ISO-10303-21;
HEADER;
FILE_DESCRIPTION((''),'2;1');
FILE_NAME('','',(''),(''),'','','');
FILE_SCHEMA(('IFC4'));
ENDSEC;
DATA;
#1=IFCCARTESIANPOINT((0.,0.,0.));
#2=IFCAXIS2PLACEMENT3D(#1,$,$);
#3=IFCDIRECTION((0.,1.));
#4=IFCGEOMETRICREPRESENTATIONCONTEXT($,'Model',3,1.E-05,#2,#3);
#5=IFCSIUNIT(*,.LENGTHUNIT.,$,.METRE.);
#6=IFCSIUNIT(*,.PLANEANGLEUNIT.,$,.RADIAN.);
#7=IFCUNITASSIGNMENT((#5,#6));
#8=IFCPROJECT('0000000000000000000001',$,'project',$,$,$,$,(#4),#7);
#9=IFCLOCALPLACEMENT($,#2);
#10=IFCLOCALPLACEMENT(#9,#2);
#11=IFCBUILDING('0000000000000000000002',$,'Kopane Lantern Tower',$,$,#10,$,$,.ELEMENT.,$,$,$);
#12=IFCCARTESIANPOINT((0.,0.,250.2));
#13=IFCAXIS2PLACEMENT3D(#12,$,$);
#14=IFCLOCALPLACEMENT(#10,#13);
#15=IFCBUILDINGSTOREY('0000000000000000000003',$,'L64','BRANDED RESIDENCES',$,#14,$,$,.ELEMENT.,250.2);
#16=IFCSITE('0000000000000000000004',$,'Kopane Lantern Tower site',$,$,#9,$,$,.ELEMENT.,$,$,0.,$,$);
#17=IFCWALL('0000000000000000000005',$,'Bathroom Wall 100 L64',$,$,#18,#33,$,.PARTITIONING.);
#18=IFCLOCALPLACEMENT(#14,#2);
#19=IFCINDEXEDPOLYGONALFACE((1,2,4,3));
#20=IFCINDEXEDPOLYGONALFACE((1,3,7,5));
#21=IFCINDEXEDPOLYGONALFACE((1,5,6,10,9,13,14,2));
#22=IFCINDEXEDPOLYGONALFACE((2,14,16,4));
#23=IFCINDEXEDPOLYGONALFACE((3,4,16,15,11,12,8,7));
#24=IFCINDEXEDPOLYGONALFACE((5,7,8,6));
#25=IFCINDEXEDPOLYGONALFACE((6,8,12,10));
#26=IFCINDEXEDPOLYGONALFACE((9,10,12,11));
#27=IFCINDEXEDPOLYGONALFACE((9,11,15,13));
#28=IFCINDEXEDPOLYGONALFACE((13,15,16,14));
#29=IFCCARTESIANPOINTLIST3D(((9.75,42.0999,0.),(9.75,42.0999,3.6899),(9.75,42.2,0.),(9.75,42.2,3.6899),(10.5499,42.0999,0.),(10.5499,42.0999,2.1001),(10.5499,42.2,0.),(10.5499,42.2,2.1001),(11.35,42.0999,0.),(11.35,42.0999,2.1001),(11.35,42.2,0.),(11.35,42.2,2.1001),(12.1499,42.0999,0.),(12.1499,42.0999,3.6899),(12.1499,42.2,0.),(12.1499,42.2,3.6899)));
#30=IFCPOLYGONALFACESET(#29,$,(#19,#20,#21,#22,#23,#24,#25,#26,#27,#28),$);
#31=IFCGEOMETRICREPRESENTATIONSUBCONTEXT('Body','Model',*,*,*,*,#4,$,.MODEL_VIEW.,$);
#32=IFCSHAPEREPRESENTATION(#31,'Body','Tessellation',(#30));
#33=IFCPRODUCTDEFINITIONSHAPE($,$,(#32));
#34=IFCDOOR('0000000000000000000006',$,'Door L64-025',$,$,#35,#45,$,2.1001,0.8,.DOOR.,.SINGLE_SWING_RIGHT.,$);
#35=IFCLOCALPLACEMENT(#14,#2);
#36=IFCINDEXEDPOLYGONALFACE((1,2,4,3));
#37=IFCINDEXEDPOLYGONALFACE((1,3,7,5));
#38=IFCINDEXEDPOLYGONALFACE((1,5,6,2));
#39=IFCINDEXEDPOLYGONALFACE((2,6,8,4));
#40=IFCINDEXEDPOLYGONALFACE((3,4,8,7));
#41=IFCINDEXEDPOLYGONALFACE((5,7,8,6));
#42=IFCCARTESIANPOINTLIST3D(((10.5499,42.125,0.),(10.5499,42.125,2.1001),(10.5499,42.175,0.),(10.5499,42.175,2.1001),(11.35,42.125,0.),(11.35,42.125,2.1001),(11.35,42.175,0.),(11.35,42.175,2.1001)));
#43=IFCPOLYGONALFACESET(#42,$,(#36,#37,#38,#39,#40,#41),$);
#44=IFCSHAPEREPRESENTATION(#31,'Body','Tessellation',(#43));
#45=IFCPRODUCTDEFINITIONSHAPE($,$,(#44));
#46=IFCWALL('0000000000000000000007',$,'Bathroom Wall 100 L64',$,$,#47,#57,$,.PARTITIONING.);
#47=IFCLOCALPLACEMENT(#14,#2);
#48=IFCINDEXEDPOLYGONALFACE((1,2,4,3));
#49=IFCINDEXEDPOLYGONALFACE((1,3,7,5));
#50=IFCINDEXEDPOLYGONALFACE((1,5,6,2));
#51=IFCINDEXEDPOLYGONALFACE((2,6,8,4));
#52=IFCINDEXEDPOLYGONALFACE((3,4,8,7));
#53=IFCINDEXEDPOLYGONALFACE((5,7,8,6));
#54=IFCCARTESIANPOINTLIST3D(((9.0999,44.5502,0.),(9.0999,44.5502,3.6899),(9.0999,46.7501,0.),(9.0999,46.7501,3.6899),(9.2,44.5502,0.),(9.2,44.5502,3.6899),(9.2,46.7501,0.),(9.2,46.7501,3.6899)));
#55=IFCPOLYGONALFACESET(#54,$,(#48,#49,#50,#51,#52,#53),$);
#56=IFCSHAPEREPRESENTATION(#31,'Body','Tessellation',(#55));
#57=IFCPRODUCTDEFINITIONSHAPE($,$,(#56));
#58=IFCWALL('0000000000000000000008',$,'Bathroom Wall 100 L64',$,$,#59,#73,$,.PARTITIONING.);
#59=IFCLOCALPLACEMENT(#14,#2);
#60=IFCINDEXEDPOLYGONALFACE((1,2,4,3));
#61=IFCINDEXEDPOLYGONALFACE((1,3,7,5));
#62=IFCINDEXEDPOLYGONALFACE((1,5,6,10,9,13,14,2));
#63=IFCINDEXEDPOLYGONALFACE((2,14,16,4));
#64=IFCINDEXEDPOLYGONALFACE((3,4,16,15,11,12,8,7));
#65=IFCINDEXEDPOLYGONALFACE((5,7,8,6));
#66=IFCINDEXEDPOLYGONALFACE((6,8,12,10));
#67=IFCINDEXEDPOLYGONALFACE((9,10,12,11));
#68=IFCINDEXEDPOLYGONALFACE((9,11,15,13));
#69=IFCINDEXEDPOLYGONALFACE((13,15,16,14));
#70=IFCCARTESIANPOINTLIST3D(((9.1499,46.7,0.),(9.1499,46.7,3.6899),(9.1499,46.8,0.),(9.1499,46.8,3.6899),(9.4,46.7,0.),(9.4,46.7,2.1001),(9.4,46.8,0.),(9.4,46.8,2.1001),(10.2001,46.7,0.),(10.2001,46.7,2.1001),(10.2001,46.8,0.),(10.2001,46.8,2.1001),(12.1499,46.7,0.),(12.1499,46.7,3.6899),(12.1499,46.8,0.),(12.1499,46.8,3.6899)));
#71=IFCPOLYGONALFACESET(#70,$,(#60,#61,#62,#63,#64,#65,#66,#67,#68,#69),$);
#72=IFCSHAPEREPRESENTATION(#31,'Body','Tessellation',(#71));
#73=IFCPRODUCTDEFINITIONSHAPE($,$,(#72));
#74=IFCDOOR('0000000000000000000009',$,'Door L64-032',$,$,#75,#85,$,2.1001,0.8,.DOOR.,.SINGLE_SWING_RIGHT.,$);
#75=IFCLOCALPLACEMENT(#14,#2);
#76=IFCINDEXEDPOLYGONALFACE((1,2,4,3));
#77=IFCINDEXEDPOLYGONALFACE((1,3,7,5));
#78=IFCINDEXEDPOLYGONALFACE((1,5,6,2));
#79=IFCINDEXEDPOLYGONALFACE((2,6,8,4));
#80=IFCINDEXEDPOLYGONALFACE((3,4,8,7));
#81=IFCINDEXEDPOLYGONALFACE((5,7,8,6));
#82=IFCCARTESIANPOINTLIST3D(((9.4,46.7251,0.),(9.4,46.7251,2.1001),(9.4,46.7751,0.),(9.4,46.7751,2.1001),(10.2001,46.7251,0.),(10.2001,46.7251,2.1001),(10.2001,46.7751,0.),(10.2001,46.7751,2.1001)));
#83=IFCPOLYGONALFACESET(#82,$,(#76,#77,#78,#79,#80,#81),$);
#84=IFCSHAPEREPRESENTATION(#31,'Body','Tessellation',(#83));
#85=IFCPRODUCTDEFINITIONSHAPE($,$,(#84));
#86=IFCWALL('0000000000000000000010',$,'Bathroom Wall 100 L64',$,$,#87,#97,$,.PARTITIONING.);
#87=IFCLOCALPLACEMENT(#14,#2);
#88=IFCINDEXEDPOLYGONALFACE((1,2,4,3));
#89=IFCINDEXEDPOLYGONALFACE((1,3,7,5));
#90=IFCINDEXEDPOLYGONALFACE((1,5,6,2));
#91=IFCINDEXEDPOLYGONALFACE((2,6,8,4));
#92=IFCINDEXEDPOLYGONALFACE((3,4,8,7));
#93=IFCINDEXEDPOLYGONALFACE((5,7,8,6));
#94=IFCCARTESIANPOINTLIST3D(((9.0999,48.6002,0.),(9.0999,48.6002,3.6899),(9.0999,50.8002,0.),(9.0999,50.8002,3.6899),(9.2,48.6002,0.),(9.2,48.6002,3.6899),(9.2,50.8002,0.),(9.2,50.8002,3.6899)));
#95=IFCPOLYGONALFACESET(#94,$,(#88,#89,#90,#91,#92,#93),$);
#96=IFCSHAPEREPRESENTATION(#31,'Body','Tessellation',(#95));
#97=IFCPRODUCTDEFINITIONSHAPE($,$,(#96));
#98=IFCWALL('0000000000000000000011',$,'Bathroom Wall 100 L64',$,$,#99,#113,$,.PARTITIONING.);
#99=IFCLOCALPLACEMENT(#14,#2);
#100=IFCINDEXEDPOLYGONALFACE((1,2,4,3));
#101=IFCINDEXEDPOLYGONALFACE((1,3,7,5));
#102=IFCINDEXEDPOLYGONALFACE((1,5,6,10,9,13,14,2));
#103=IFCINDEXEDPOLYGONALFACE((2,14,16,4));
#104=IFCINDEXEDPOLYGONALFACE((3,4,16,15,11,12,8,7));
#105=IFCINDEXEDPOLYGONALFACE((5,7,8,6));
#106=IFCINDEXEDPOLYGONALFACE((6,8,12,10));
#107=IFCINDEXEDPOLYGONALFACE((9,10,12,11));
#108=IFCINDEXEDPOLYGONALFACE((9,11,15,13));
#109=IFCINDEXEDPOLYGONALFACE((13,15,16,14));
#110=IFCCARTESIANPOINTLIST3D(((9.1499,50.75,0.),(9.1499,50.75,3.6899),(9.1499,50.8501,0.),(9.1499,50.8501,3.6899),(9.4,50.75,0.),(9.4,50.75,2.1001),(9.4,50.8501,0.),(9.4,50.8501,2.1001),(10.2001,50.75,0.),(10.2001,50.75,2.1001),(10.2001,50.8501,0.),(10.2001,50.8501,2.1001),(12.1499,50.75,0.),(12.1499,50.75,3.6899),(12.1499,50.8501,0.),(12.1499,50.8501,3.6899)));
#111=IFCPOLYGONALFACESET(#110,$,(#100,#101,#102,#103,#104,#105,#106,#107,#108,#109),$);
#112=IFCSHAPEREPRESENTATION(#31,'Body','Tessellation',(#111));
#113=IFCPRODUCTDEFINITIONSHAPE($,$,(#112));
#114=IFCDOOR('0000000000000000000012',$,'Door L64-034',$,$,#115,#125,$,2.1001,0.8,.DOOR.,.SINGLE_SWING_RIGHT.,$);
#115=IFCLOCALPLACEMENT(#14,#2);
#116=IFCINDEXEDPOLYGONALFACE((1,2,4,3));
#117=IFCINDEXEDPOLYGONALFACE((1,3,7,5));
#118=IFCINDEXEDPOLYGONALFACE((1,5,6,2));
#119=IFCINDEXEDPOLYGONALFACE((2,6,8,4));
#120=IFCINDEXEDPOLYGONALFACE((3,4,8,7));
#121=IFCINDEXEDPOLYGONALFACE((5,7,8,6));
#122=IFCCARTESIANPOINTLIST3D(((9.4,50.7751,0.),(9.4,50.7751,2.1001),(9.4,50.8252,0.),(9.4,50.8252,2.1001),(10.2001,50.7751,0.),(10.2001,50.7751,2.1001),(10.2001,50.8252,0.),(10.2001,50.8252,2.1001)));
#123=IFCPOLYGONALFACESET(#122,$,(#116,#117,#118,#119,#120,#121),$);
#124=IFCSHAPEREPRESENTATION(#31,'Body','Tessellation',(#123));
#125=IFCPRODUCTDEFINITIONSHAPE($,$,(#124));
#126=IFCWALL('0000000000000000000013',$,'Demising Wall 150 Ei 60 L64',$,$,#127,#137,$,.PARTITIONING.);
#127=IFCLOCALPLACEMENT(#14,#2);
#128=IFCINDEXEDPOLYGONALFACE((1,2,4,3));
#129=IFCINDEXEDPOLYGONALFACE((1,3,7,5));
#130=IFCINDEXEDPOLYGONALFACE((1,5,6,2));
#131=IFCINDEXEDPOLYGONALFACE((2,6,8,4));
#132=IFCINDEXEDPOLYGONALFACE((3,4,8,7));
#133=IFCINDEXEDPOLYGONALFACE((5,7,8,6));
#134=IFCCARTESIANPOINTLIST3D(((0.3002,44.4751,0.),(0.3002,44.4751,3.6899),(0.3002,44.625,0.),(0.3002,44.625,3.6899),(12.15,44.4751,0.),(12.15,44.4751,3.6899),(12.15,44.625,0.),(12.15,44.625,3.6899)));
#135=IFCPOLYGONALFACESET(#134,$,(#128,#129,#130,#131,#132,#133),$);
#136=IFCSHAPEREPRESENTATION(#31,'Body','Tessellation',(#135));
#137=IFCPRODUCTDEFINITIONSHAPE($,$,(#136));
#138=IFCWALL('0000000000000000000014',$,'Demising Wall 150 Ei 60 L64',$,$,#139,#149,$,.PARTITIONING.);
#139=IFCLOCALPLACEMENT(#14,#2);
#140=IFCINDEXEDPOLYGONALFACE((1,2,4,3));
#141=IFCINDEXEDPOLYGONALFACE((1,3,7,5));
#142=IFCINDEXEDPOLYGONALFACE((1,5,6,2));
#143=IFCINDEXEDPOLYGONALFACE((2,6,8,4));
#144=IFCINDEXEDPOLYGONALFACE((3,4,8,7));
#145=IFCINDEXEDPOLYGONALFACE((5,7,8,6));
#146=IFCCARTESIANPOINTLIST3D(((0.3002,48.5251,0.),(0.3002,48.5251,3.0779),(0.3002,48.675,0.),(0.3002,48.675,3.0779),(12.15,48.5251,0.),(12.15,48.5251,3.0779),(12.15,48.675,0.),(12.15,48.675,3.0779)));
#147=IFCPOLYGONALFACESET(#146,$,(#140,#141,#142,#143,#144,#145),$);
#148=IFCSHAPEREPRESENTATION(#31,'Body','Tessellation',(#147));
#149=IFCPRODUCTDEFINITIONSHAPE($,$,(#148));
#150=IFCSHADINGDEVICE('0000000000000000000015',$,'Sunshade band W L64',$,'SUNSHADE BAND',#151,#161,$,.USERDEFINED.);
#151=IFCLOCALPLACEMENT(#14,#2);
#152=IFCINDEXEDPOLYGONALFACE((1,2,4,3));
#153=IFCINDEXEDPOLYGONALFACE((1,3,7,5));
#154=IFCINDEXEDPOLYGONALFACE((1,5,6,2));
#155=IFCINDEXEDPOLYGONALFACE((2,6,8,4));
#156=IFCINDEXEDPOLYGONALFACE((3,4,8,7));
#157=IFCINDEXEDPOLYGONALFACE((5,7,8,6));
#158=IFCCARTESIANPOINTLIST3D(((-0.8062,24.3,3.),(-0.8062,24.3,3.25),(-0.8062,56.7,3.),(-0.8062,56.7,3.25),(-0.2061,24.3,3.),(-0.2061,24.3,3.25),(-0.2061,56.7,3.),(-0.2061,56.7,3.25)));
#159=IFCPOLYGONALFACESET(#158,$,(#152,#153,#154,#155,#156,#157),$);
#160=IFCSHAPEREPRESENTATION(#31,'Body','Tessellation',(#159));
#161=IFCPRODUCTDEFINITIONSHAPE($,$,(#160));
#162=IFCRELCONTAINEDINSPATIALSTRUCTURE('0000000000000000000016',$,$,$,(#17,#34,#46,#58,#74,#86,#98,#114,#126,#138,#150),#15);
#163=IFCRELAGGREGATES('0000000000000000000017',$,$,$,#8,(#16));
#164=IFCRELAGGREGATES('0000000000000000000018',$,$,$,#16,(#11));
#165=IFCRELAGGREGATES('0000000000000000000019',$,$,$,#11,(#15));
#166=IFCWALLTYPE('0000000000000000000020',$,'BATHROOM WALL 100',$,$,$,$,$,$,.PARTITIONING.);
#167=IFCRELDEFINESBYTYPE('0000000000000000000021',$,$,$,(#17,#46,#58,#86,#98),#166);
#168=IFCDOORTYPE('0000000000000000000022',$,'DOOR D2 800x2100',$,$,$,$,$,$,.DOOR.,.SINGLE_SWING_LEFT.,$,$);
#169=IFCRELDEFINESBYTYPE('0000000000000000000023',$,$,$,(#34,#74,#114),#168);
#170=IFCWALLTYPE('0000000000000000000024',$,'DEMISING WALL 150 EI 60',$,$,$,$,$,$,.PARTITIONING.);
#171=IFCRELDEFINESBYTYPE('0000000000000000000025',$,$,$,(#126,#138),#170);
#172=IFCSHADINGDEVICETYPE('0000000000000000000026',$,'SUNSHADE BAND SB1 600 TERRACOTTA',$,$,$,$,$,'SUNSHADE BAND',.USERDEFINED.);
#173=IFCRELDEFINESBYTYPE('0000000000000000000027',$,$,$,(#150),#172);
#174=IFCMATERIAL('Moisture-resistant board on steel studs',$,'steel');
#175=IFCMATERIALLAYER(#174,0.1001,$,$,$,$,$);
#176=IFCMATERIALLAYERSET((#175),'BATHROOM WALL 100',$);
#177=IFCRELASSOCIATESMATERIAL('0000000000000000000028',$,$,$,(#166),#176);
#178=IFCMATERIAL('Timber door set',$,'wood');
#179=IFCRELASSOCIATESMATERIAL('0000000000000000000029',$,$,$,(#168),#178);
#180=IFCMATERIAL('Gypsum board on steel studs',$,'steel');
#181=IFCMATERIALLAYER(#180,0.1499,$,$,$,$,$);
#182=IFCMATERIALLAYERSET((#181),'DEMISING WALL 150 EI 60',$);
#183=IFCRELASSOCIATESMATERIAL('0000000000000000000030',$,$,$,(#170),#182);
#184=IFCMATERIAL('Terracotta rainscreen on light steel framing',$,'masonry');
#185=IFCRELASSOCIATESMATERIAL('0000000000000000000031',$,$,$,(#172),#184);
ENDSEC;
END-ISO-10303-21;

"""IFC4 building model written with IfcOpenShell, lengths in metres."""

from ifc_helpers import new_model, si_unit, direction, frame, frame_2d, origin, origin_2d, place, context, subcontext, project, spatial, rectangle, extrude, material, layer, layer_set, type_object, element, fill, save


model = new_model("IFC4")

# Units and contexts
model_context = context("Model", 3, precision=1e-05, world=origin(), true_north=direction((0.0, 1.0)))
body_context = subcontext(model_context, "Body", "Model", "MODEL_VIEW")
ifc_project = project(units=[si_unit("LENGTHUNIT", "METRE"), si_unit("PLANEANGLEUNIT", "RADIAN")], contexts=[model_context])

# Site, building, storey
site_placement = place(None, origin())
site = spatial("IfcSite", under=ifc_project, at=site_placement, Name="Kopane Lantern Tower site", CompositionType="ELEMENT", RefElevation=0.0)
building_placement = place(site_placement, origin())
building = spatial("IfcBuilding", under=site, at=building_placement, Name="Kopane Lantern Tower", CompositionType="ELEMENT")
storey_placement = place(building_placement, frame((0.0, 0.0, 250.2)))
storey = spatial("IfcBuildingStorey", under=building, at=storey_placement, Name="L64", Description="BRANDED RESIDENCES", CompositionType="ELEMENT", Elevation=250.2)

# Wall, opening, door
ifc_material_1 = material(Name="Moisture-resistant board on steel studs", Category="steel")
ifc_layer_1 = layer(ifc_material_1, 0.1001)
ifc_layer_set_1 = layer_set([ifc_layer_1], Name="BATHROOM WALL 100")
wall_type_1 = type_object("IfcWallType", Name="BATHROOM WALL 100", PredefinedType="PARTITIONING", material=ifc_layer_set_1)
wall_1_placement = place(storey_placement, frame((12.1499, 42.1499, 0.0), z_axis=(0.0, 0.0, 1.0), x_axis=(-1.0, 0.0, 0.0)))
wall_1 = element("IfcWall", 1, at=wall_1_placement, inside=storey, type_object=wall_type_1, Name="Bathroom Wall 100 L64", PredefinedType="PARTITIONING", context=body_context, shape_type="SweptSolid", body=[
    extrude(rectangle(XDim=2.3999, YDim=0.1001, at=frame_2d((1.2, 0.0))), origin(), (0.0, 0.0, 1.0), 3.6899),
])
opening_1_placement = place(wall_1_placement, frame((0.8, 0.0, 0.0)))
opening_1 = element("IfcOpeningElement", 2, at=opening_1_placement, cuts=wall_1, PredefinedType="OPENING", context=body_context, shape_type="SweptSolid", body=[
    extrude(rectangle(XDim=0.8, YDim=2.1001, at=frame_2d((0.3999, 1.05))), frame((0.0, 0.0601, 0.0), z_axis=(0.0, -1.0, 0.0), x_axis=(1.0, 0.0, 0.0)), (0.0, 0.0, 1.0), 0.1201),
])
ifc_material_2 = material(Name="Timber door set", Category="wood")
door_type = type_object("IfcDoorType", Name="DOOR D2 800x2100", OperationType="SINGLE_SWING_LEFT", PredefinedType="DOOR", material=ifc_material_2)
door_1_placement = place(opening_1_placement, origin())
door_1 = element("IfcDoor", 3, at=door_1_placement, inside=storey, type_object=door_type, Name="Door L64-025", OperationType="SINGLE_SWING_RIGHT", OverallHeight=2.1001, OverallWidth=0.8, PredefinedType="DOOR", context=body_context, shape_type="SweptSolid", body=[
    extrude(rectangle(XDim=0.8, YDim=2.1001, at=frame_2d((0.3999, 1.05))), frame((0.0, 0.0249, 0.0), z_axis=(0.0, -1.0, 0.0), x_axis=(1.0, 0.0, 0.0)), (0.0, 0.0, 1.0), 0.05),
])
fill(opening_1, door_1)

# Wall
wall_2_placement = place(storey_placement, frame((9.1499, 44.55, 0.0), z_axis=(0.0, 0.0, 1.0), x_axis=(0.0, 1.0, 0.0)))
element("IfcWall", 4, at=wall_2_placement, inside=storey, type_object=wall_type_1, Name="Bathroom Wall 100 L64", PredefinedType="PARTITIONING", context=body_context, shape_type="SweptSolid", body=[
    extrude(rectangle(XDim=2.2, YDim=0.1001, at=frame_2d((1.1001, 0.0))), origin(), (0.0, 0.0, 1.0), 3.6899),
])

# Wall, opening, door
wall_3_placement = place(storey_placement, frame((12.1499, 46.75, 0.0), z_axis=(0.0, 0.0, 1.0), x_axis=(-1.0, 0.0, 0.0)))
wall_3 = element("IfcWall", 5, at=wall_3_placement, inside=storey, type_object=wall_type_1, Name="Bathroom Wall 100 L64", PredefinedType="PARTITIONING", context=body_context, shape_type="SweptSolid", body=[
    extrude(rectangle(XDim=3.0, YDim=0.1001, at=frame_2d((1.5, 0.0))), origin(), (0.0, 0.0, 1.0), 3.6899),
])
opening_2_placement = place(wall_3_placement, frame((1.95, 0.0, 0.0)))
opening_2 = element("IfcOpeningElement", 6, at=opening_2_placement, cuts=wall_3, PredefinedType="OPENING", context=body_context, shape_type="SweptSolid", body=[
    extrude(rectangle(XDim=0.8, YDim=2.1001, at=frame_2d((0.3999, 1.05))), frame((0.0, 0.0601, 0.0), z_axis=(0.0, -1.0, 0.0), x_axis=(1.0, 0.0, 0.0)), (0.0, 0.0, 1.0), 0.1201),
])
door_2_placement = place(opening_2_placement, origin())
door_2 = element("IfcDoor", 7, at=door_2_placement, inside=storey, type_object=door_type, Name="Door L64-032", OperationType="SINGLE_SWING_RIGHT", OverallHeight=2.1001, OverallWidth=0.8, PredefinedType="DOOR", context=body_context, shape_type="SweptSolid", body=[
    extrude(rectangle(XDim=0.8, YDim=2.1001, at=frame_2d((0.3999, 1.05))), frame((0.0, 0.0249, 0.0), z_axis=(0.0, -1.0, 0.0), x_axis=(1.0, 0.0, 0.0)), (0.0, 0.0, 1.0), 0.05),
])
fill(opening_2, door_2)

# Wall
wall_4_placement = place(storey_placement, frame((9.1499, 48.6001, 0.0), z_axis=(0.0, 0.0, 1.0), x_axis=(0.0, 1.0, 0.0)))
element("IfcWall", 8, at=wall_4_placement, inside=storey, type_object=wall_type_1, Name="Bathroom Wall 100 L64", PredefinedType="PARTITIONING", context=body_context, shape_type="SweptSolid", body=[
    extrude(rectangle(XDim=2.2, YDim=0.1001, at=frame_2d((1.1001, 0.0))), origin(), (0.0, 0.0, 1.0), 3.6899),
])

# Wall, opening, door
wall_5_placement = place(storey_placement, frame((12.1499, 50.8, 0.0), z_axis=(0.0, 0.0, 1.0), x_axis=(-1.0, 0.0, 0.0)))
wall_5 = element("IfcWall", 9, at=wall_5_placement, inside=storey, type_object=wall_type_1, Name="Bathroom Wall 100 L64", PredefinedType="PARTITIONING", context=body_context, shape_type="SweptSolid", body=[
    extrude(rectangle(XDim=3.0, YDim=0.1001, at=frame_2d((1.5, 0.0))), origin(), (0.0, 0.0, 1.0), 3.6899),
])
opening_3_placement = place(wall_5_placement, frame((1.95, 0.0, 0.0)))
opening_3 = element("IfcOpeningElement", 10, at=opening_3_placement, cuts=wall_5, PredefinedType="OPENING", context=body_context, shape_type="SweptSolid", body=[
    extrude(rectangle(XDim=0.8, YDim=2.1001, at=frame_2d((0.3999, 1.05))), frame((0.0, 0.0601, 0.0), z_axis=(0.0, -1.0, 0.0), x_axis=(1.0, 0.0, 0.0)), (0.0, 0.0, 1.0), 0.1201),
])
door_3_placement = place(opening_3_placement, origin())
door_3 = element("IfcDoor", 11, at=door_3_placement, inside=storey, type_object=door_type, Name="Door L64-034", OperationType="SINGLE_SWING_RIGHT", OverallHeight=2.1001, OverallWidth=0.8, PredefinedType="DOOR", context=body_context, shape_type="SweptSolid", body=[
    extrude(rectangle(XDim=0.8, YDim=2.1001, at=frame_2d((0.3999, 1.05))), frame((0.0, 0.0249, 0.0), z_axis=(0.0, -1.0, 0.0), x_axis=(1.0, 0.0, 0.0)), (0.0, 0.0, 1.0), 0.05),
])
fill(opening_3, door_3)

# Walls
ifc_material_3 = material(Name="Gypsum board on steel studs", Category="steel")
ifc_layer_2 = layer(ifc_material_3, 0.1499)
ifc_layer_set_2 = layer_set([ifc_layer_2], Name="DEMISING WALL 150 EI 60")
wall_type_2 = type_object("IfcWallType", Name="DEMISING WALL 150 EI 60", PredefinedType="PARTITIONING", material=ifc_layer_set_2)
wall_6_placement = place(storey_placement, frame((12.1499, 44.55, 0.0), z_axis=(0.0, 0.0, 1.0), x_axis=(-1.0, 0.0, 0.0)))
element("IfcWall", 12, at=wall_6_placement, inside=storey, type_object=wall_type_2, Name="Demising Wall 150 Ei 60 L64", PredefinedType="PARTITIONING", context=body_context, shape_type="SweptSolid", body=[
    extrude(rectangle(XDim=11.8499, YDim=0.1499, at=frame_2d((5.9248, 0.0))), origin(), (0.0, 0.0, 1.0), 3.6899),
])
wall_7_placement = place(storey_placement, frame((12.1499, 48.6001, 0.0), z_axis=(0.0, 0.0, 1.0), x_axis=(-1.0, 0.0, 0.0)))
element("IfcWall", 13, at=wall_7_placement, inside=storey, type_object=wall_type_2, Name="Demising Wall 150 Ei 60 L64", PredefinedType="PARTITIONING", context=body_context, shape_type="SweptSolid", body=[
    extrude(rectangle(XDim=11.8499, YDim=0.1499, at=frame_2d((5.9248, 0.0))), origin(), (0.0, 0.0, 1.0), 3.0779),
])

# Shading device
ifc_material_4 = material(Name="Terracotta rainscreen on light steel framing", Category="masonry")
shading_device_type = type_object("IfcShadingDeviceType", Name="SUNSHADE BAND SB1 600 TERRACOTTA", ElementType="SUNSHADE BAND", PredefinedType="USERDEFINED", material=ifc_material_4)
shading_device_placement = place(storey_placement, frame((-0.5061, 40.5, 3.0), z_axis=(0.0, 0.0, 1.0), x_axis=(0.0, -1.0, 0.0)))
element("IfcShadingDevice", 14, at=shading_device_placement, inside=storey, type_object=shading_device_type, Name="Sunshade band W L64", ObjectType="SUNSHADE BAND", PredefinedType="USERDEFINED", context=body_context, shape_type="SweptSolid", body=[
    extrude(rectangle(XDim=32.3999, YDim=0.6001, at=origin_2d()), origin(), (0.0, 0.0, 1.0), 0.25),
])

save(model, "model.ifc")
